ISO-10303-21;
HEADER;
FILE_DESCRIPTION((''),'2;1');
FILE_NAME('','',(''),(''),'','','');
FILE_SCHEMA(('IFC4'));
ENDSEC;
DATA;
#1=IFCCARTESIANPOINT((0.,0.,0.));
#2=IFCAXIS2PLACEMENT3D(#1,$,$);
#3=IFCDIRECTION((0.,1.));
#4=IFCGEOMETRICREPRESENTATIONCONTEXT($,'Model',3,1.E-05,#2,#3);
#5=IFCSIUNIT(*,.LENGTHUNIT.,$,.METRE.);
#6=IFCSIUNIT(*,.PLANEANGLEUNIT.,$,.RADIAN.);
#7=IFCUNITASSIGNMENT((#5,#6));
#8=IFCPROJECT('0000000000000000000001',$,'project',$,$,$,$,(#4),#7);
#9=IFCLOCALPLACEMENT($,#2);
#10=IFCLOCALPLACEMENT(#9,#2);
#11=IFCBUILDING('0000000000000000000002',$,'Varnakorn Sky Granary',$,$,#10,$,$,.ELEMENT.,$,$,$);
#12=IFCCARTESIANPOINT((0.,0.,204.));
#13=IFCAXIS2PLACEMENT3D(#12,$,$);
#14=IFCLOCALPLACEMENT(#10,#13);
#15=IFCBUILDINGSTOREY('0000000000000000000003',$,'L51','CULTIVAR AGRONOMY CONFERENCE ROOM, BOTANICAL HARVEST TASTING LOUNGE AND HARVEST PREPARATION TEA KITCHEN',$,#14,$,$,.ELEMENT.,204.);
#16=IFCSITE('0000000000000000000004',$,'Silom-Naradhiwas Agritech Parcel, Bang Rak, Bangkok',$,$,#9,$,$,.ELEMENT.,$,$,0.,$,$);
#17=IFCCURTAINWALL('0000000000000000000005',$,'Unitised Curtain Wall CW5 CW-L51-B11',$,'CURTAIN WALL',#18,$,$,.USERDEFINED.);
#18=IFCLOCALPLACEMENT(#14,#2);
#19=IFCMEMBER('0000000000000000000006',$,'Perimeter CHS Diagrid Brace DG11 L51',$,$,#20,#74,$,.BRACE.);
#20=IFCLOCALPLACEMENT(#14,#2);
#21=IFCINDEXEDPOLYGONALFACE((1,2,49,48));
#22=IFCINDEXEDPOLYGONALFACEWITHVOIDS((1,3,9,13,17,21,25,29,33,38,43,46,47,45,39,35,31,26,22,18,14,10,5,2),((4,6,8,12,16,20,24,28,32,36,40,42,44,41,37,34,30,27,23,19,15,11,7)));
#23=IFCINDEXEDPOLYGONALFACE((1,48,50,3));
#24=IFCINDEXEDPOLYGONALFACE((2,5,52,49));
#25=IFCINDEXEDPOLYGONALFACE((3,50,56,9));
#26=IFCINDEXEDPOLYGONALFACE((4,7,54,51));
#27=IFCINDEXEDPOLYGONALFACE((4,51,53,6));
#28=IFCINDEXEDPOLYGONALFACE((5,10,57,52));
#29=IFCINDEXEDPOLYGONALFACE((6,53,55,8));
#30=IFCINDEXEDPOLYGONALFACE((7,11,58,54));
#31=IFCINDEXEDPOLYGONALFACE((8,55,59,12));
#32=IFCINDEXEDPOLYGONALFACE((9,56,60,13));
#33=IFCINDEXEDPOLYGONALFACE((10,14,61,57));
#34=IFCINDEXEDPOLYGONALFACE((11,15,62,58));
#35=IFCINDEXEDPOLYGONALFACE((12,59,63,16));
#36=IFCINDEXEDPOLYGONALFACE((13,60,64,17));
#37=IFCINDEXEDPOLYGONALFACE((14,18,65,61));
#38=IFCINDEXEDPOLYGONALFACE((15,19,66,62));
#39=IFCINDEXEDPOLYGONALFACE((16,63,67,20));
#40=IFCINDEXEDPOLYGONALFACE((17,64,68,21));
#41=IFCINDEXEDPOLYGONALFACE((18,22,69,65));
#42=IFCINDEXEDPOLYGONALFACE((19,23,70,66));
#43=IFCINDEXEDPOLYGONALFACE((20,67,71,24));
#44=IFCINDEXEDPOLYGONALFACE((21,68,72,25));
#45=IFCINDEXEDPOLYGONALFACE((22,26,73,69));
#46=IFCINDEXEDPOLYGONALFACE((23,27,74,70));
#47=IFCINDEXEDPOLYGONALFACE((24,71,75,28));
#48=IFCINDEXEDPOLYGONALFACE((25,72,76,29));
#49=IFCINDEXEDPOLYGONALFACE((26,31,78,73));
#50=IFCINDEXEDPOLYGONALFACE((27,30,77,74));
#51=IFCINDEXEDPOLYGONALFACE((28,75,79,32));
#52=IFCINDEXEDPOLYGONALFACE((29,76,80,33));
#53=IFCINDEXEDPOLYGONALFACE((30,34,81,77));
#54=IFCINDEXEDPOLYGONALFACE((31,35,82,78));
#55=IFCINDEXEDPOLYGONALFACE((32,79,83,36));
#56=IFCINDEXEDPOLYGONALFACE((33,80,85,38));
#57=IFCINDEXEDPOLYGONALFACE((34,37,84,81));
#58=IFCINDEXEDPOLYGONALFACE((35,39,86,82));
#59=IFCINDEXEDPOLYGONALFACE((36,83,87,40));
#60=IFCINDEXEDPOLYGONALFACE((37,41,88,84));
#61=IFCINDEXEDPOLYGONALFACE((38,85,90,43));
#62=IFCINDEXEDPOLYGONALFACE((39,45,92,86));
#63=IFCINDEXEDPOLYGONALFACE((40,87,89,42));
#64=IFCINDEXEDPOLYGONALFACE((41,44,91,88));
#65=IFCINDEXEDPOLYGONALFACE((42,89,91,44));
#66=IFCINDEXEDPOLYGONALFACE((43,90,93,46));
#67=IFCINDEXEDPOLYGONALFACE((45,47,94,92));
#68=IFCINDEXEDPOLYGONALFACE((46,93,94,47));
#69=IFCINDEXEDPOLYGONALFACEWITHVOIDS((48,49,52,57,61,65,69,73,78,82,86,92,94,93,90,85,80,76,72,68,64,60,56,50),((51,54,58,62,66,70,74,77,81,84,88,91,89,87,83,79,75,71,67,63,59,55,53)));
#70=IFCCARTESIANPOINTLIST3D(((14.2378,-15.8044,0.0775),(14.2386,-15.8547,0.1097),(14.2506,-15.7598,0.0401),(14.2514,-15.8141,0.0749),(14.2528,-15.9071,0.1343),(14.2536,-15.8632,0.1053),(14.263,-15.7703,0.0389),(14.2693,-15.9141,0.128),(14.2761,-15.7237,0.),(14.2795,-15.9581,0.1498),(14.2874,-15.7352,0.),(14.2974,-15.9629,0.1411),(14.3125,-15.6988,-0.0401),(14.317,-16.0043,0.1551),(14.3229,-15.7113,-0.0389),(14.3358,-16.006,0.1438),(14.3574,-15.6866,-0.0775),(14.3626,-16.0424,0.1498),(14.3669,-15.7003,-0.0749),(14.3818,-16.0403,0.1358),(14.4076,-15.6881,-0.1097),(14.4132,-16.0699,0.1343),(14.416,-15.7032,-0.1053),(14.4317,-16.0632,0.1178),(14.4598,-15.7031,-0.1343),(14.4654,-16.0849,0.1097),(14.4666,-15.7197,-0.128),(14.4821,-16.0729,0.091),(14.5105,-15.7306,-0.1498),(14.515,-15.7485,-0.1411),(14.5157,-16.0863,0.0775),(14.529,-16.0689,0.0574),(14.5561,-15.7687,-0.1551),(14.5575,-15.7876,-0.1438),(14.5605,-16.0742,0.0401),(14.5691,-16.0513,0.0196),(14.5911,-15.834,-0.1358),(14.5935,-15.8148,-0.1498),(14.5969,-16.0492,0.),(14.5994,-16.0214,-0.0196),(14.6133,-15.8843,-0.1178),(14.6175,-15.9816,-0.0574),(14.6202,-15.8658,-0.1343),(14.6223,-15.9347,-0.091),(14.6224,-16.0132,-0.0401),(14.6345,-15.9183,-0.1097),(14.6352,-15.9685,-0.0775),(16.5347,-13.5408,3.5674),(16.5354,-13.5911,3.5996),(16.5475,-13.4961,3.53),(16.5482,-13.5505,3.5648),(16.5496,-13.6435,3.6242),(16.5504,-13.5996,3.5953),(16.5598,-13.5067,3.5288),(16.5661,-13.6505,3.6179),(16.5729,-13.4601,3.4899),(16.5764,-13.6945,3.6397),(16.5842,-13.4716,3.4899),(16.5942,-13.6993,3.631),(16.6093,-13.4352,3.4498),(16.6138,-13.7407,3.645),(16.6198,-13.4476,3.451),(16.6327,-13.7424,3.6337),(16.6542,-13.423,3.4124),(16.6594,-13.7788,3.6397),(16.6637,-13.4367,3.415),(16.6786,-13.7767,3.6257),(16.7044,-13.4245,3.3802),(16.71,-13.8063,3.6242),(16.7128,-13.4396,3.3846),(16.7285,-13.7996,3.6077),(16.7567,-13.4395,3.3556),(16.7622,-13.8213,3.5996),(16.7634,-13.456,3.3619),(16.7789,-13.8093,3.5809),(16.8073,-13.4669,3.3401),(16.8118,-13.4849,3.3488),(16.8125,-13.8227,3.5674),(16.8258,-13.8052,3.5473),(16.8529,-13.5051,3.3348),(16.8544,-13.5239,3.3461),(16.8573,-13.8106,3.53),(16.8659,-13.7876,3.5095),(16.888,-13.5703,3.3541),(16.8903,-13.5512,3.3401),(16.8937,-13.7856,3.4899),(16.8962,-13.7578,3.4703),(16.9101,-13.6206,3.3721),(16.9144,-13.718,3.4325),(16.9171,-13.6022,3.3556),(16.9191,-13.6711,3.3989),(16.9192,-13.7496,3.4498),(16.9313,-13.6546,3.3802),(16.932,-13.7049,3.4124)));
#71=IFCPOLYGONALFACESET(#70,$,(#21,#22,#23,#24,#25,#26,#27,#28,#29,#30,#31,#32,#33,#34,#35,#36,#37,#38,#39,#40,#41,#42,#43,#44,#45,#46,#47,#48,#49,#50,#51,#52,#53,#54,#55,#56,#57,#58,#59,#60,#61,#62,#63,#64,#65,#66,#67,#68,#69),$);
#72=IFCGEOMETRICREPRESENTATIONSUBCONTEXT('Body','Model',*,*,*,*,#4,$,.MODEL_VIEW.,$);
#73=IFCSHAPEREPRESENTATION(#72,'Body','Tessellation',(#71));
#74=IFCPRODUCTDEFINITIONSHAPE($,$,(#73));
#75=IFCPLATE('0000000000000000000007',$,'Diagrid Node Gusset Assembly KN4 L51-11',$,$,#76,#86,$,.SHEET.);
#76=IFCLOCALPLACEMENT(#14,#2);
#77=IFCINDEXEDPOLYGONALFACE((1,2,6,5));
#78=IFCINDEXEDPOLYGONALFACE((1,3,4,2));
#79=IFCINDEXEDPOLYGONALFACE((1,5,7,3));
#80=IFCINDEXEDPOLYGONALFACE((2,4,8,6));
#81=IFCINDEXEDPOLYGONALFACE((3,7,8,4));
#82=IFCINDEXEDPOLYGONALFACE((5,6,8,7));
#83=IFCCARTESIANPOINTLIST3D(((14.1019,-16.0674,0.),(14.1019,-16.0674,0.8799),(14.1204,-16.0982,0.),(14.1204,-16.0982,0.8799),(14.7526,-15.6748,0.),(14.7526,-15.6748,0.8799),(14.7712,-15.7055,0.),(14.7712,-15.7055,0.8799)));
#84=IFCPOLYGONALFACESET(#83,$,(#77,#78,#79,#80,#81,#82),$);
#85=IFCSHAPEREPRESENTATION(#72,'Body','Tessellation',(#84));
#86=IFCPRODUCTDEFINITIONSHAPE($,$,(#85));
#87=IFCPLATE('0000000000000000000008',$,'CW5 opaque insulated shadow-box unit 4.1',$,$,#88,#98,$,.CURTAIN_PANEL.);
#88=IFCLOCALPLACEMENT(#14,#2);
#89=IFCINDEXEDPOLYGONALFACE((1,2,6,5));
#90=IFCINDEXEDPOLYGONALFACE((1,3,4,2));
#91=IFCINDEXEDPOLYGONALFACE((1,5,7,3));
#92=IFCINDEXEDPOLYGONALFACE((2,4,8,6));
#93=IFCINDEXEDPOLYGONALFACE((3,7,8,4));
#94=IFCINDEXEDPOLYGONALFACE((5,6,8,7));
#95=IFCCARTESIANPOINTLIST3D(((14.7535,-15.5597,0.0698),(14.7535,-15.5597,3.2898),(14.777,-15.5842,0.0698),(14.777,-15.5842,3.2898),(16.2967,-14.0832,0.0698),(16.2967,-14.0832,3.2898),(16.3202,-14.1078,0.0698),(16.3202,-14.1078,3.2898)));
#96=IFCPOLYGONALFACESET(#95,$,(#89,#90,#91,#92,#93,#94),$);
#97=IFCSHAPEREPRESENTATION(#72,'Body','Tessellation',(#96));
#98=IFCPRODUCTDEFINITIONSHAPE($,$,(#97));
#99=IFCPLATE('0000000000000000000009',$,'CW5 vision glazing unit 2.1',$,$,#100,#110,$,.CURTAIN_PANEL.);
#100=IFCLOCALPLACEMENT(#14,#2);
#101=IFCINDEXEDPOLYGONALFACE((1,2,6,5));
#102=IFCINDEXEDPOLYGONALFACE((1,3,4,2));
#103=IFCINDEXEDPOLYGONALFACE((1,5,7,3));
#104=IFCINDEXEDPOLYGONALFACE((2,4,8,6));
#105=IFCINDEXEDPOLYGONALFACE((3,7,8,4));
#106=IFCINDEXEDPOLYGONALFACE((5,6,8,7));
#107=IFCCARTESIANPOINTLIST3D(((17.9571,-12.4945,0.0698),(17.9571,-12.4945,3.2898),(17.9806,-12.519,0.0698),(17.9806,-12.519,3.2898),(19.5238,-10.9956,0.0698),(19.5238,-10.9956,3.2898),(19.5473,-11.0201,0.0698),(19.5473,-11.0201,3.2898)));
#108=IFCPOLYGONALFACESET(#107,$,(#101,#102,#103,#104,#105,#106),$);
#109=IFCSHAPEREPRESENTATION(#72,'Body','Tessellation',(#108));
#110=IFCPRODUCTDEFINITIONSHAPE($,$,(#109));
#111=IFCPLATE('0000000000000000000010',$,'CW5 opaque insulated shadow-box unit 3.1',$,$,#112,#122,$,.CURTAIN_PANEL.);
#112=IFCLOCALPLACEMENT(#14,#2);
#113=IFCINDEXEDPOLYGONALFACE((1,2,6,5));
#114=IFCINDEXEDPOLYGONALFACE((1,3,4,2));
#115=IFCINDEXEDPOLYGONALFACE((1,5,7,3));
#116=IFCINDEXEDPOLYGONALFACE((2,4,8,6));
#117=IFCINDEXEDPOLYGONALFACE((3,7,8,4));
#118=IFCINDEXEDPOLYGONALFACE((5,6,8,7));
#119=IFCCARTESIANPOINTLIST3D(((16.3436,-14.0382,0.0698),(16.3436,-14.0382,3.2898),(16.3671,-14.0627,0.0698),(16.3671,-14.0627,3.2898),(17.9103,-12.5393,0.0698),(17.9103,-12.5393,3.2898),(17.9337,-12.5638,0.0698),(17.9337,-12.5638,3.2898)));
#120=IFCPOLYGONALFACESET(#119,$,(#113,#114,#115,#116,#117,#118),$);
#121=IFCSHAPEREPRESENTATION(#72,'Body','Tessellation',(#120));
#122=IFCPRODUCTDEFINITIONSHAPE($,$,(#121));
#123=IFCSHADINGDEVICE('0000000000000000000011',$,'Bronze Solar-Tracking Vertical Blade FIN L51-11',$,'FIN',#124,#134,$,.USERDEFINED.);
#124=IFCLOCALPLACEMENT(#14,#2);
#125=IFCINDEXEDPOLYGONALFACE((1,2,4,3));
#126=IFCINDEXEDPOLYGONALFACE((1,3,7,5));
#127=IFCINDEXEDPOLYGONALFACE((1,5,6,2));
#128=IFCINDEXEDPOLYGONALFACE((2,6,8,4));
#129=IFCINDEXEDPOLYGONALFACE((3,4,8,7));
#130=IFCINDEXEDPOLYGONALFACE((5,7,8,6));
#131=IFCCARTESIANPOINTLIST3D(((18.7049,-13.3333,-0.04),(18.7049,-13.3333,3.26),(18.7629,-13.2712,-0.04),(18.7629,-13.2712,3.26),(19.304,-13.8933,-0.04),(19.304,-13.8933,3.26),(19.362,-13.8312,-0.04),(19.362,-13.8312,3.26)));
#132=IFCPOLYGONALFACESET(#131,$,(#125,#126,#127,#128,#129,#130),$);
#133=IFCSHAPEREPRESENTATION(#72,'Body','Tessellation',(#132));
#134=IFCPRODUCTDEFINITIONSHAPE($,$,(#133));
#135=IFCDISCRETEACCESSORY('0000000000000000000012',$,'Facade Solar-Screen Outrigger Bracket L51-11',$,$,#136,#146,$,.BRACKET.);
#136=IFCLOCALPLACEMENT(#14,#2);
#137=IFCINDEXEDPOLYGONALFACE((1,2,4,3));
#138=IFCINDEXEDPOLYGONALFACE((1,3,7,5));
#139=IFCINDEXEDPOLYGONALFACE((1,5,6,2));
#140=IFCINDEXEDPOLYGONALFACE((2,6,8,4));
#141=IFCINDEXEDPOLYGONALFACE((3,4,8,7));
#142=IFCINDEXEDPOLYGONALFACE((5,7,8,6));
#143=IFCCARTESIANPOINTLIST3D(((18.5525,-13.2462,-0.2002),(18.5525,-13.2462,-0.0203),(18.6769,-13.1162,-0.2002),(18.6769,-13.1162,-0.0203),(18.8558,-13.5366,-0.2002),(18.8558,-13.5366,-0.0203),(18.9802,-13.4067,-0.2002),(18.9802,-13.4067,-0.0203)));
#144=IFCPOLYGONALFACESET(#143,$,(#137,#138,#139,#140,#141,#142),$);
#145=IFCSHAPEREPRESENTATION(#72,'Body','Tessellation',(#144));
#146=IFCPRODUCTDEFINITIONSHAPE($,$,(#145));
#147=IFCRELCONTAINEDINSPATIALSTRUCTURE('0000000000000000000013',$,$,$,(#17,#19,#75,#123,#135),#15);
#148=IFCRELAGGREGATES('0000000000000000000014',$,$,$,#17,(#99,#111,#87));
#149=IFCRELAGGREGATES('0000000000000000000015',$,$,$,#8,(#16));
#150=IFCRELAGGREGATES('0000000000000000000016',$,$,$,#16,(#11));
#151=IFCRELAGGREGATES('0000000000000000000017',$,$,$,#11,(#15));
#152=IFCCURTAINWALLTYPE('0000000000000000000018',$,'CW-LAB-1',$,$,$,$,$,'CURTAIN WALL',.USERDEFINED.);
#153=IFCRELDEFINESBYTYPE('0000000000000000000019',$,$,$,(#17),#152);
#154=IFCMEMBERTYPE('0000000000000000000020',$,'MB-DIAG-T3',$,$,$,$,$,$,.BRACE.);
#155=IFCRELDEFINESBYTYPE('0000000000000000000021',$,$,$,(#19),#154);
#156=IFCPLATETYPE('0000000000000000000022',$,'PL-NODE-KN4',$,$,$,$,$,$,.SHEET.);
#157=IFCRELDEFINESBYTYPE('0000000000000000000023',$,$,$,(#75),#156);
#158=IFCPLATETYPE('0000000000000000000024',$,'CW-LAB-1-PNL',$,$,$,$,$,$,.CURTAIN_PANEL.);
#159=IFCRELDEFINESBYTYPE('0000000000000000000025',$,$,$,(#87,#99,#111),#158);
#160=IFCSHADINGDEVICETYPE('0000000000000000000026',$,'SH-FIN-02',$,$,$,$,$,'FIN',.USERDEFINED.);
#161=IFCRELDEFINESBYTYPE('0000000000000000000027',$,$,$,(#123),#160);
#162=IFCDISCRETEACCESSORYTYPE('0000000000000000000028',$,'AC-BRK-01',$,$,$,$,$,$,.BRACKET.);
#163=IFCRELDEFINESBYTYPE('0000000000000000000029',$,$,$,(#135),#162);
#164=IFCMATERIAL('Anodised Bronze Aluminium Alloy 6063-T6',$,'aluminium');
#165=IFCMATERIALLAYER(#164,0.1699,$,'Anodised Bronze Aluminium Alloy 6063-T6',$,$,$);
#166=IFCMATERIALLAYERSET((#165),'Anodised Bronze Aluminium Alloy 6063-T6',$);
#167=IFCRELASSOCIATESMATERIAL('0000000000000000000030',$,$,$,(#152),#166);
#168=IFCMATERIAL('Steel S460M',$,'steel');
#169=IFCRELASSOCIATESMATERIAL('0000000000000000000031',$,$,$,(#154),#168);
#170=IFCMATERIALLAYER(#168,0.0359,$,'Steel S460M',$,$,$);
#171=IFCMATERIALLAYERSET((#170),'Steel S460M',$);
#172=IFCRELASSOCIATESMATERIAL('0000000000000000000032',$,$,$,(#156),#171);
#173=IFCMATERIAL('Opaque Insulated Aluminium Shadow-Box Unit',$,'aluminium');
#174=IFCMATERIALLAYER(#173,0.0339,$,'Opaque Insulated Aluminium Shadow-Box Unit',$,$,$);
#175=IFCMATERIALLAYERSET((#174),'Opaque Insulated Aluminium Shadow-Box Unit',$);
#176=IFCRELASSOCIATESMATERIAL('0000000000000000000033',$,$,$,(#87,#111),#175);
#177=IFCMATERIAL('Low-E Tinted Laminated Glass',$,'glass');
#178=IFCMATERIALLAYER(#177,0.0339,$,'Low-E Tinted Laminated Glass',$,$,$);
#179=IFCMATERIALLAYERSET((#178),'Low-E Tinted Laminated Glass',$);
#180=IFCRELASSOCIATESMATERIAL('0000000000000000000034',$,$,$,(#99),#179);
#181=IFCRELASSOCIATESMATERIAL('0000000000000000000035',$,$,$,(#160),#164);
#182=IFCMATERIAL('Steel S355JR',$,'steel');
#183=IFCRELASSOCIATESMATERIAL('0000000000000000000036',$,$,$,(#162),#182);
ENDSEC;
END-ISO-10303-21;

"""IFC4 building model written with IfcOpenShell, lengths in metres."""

from ifc_helpers import new_model, si_unit, direction, frame, origin, origin_2d, place, context, subcontext, project, spatial, rectangle, hollow_circle, extrude, source, transform, mapped, material, layer, layer_set, material_profile, profile_set, type_object, type_shapes, element, aggregate, save


model = new_model("IFC4")

# Units and contexts
model_context = context("Model", 3, precision=1e-05, world=origin(), true_north=direction((0.0, 1.0)))
body_context = subcontext(model_context, "Body", "Model", "MODEL_VIEW")
ifc_project = project(units=[si_unit("LENGTHUNIT", "METRE"), si_unit("PLANEANGLEUNIT", "RADIAN")], contexts=[model_context])

# Site, building, storey
site_placement = place(None, origin())
site = spatial("IfcSite", under=ifc_project, at=site_placement, Name="Silom-Naradhiwas Agritech Parcel, Bang Rak, Bangkok", CompositionType="ELEMENT", RefElevation=0.0)
building_placement = place(site_placement, origin())
building = spatial("IfcBuilding", under=site, at=building_placement, Name="Varnakorn Sky Granary", CompositionType="ELEMENT")
storey_placement = place(building_placement, frame((0.0, 0.0, 204.0)))
storey = spatial("IfcBuildingStorey", under=building, at=storey_placement, Name="L51", Description="CULTIVAR AGRONOMY CONFERENCE ROOM, BOTANICAL HARVEST TASTING LOUNGE AND HARVEST PREPARATION TEA KITCHEN", CompositionType="ELEMENT", Elevation=204.0)

# Shared definitions
ifc_material_1 = material(Name="Steel S460M", Category="steel")

# Shared definitions
ifc_material_2 = material(Name="Steel S355JR", Category="steel")

# Shared definitions
ifc_material_3 = material(Name="Anodised Bronze Aluminium Alloy 6063-T6", Category="aluminium")
ifc_layer_1 = layer(ifc_material_3, 0.1699, Name="Anodised Bronze Aluminium Alloy 6063-T6")
ifc_layer_set_1 = layer_set([ifc_layer_1], Name="Anodised Bronze Aluminium Alloy 6063-T6")
curtain_wall_type = type_object("IfcCurtainWallType", Name="CW-LAB-1", ElementType="CURTAIN WALL", PredefinedType="USERDEFINED", material=ifc_layer_set_1)

# Curtain wall
curtain_wall_1_placement = place(storey_placement, origin())
curtain_wall_1 = element("IfcCurtainWall", 1, at=curtain_wall_1_placement, inside=storey, type_object=curtain_wall_type, Name="Unitised Curtain Wall CW5 CW-L51-B11", ObjectType="CURTAIN WALL", PredefinedType="USERDEFINED")

# Member
ifc_material_profile_1 = material_profile(ifc_material_1, hollow_circle(Radius=0.2285, WallThickness=0.0161, at=origin_2d()), Name="CHS 457x16")
ifc_profile_set_1 = profile_set([ifc_material_profile_1], Name="Steel S460M")
member_type_1 = type_object("IfcMemberType", Name="MB-DIAG-T3", PredefinedType="BRACE", material=ifc_profile_set_1)
member_1_placement = place(storey_placement, frame((14.4365, -15.8865, 0.0), z_axis=(0.483367, 0.476379, 0.734452), x_axis=(-0.70194, 0.712236, 0.0)))
element("IfcMember", 2, at=member_1_placement, inside=storey, type_object=member_type_1, Name="Perimeter CHS Diagrid Brace DG11 L51", PredefinedType="BRACE", context=body_context, shape_type="SweptSolid", body=[
    extrude(hollow_circle(Radius=0.2285, WallThickness=0.0161, at=origin_2d()), origin(), (0.0, 0.0, 1.0), 4.7517),
])

# Plates
ifc_layer_2 = layer(ifc_material_1, 0.0359, Name="Steel S460M")
ifc_layer_set_2 = layer_set([ifc_layer_2], Name="Steel S460M")
plate_type_1 = type_object("IfcPlateType", Name="PL-NODE-KN4", PredefinedType="SHEET", material=ifc_layer_set_2)
plate_1_placement = place(storey_placement, frame((14.4365, -15.8865, 0.0), z_axis=(0.0, 0.0, 1.0), x_axis=(0.856191, 0.51666, 0.0)))
element("IfcPlate", 3, at=plate_1_placement, inside=storey, type_object=plate_type_1, Name="Diagrid Node Gusset Assembly KN4 L51-11", PredefinedType="SHEET", context=body_context, shape_type="SweptSolid", body=[
    extrude(rectangle(XDim=0.76, YDim=0.0359, at=origin_2d()), origin(), (0.0, 0.0, 1.0), 0.8799),
])
ifc_material_4 = material(Name="Opaque Insulated Aluminium Shadow-Box Unit", Category="aluminium")
ifc_layer_3 = layer(ifc_material_4, 0.0339, Name="Opaque Insulated Aluminium Shadow-Box Unit")
ifc_layer_set_3 = layer_set([ifc_layer_3], Name="Opaque Insulated Aluminium Shadow-Box Unit")
plate_type_2 = type_object("IfcPlateType", Name="CW-LAB-1-PNL", PredefinedType="CURTAIN_PANEL")
shared_shape_1 = source(origin(), body_context, "Body", "SweptSolid", [
    extrude(rectangle(XDim=2.1357, YDim=0.0339, at=origin_2d()), origin(), (0.0, 0.0, 1.0), 3.22),
])
plate_2_placement = place(storey_placement, frame((15.5369, -14.8337, 0.0698), z_axis=(0.0, 0.0, 1.0), x_axis=(-0.722551, -0.691317, 0.0)))
plate_2 = element("IfcPlate", 4, at=plate_2_placement, type_object=plate_type_2, material=ifc_layer_set_3, Name="CW5 opaque insulated shadow-box unit 4.1", PredefinedType="CURTAIN_PANEL", context=body_context, shape_type="MappedRepresentation", body=[
    mapped(shared_shape_1, transform((0.0, 0.0, 0.0), x_axis=(1.0, 0.0, 0.0), y_axis=(0.0, 1.0, 0.0), z_axis=(0.0, 0.0, 1.0), scale=1.0)),
])
ifc_material_5 = material(Name="Low-E Tinted Laminated Glass", Category="glass")
ifc_layer_4 = layer(ifc_material_5, 0.0339, Name="Low-E Tinted Laminated Glass")
ifc_layer_set_4 = layer_set([ifc_layer_4], Name="Low-E Tinted Laminated Glass")
shared_shape_2 = source(origin(), body_context, "Body", "SweptSolid", [
    extrude(rectangle(XDim=2.1682, YDim=0.0339, at=origin_2d()), origin(), (0.0, 0.0, 1.0), 3.22),
])
type_shapes(plate_type_2, [shared_shape_1, shared_shape_2])
plate_3_placement = place(storey_placement, frame((18.7522, -11.7573, 0.0698), z_axis=(0.0, 0.0, 1.0), x_axis=(-0.722551, -0.691317, 0.0)))
plate_3 = element("IfcPlate", 5, at=plate_3_placement, type_object=plate_type_2, material=ifc_layer_set_4, Name="CW5 vision glazing unit 2.1", PredefinedType="CURTAIN_PANEL", context=body_context, shape_type="MappedRepresentation", body=[
    mapped(shared_shape_2, transform((0.0, 0.0, 0.0), x_axis=(1.0, 0.0, 0.0), y_axis=(0.0, 1.0, 0.0), z_axis=(0.0, 0.0, 1.0), scale=1.0)),
])
plate_4_placement = place(storey_placement, frame((17.1387, -13.301, 0.0698), z_axis=(0.0, 0.0, 1.0), x_axis=(-0.722551, -0.691317, 0.0)))
plate_4 = element("IfcPlate", 6, at=plate_4_placement, type_object=plate_type_2, material=ifc_layer_set_3, Name="CW5 opaque insulated shadow-box unit 3.1", PredefinedType="CURTAIN_PANEL", context=body_context, shape_type="MappedRepresentation", body=[
    mapped(shared_shape_2, transform((0.0, 0.0, 0.0), x_axis=(1.0, 0.0, 0.0), y_axis=(0.0, 1.0, 0.0), z_axis=(0.0, 0.0, 1.0), scale=1.0)),
])
aggregate(curtain_wall_1, [plate_3, plate_4, plate_2])

# Shading device
shading_device_type = type_object("IfcShadingDeviceType", Name="SH-FIN-02", ElementType="FIN", PredefinedType="USERDEFINED", material=ifc_material_3)
shared_shape_3 = source(origin(), body_context, "Body", "SweptSolid", [
    extrude(rectangle(XDim=0.085, YDim=0.8201, at=origin_2d()), origin(), (0.0, 0.0, 1.0), 3.3),
])
type_shapes(shading_device_type, [shared_shape_3])
shading_device_placement = place(storey_placement, frame((19.0334, -13.5823, -0.04), z_axis=(0.0, 0.0, 1.0), x_axis=(0.682854, 0.730555, 0.0)))
element("IfcShadingDevice", 7, at=shading_device_placement, inside=storey, type_object=shading_device_type, Name="Bronze Solar-Tracking Vertical Blade FIN L51-11", ObjectType="FIN", PredefinedType="USERDEFINED", context=body_context, shape_type="MappedRepresentation", body=[
    mapped(shared_shape_3, transform((0.0, 0.0, 0.0), x_axis=(1.0, 0.0, 0.0), y_axis=(0.0, 1.0, 0.0), z_axis=(0.0, 0.0, 1.0), scale=1.0)),
])

# Discrete accessory
discrete_accessory_type = type_object("IfcDiscreteAccessoryType", Name="AC-BRK-01", PredefinedType="BRACKET", material=ifc_material_2)
shared_shape_4 = source(origin(), body_context, "Body", "SweptSolid", [
    extrude(rectangle(XDim=0.1799, YDim=0.4199, at=origin_2d()), origin(), (0.0, 0.0, 1.0), 0.1799),
])
type_shapes(discrete_accessory_type, [shared_shape_4])
discrete_accessory_placement = place(storey_placement, frame((18.7664, -13.3264, -0.2002), z_axis=(0.0, 0.0, 1.0), x_axis=(0.691634, 0.722248, 0.0)))
element("IfcDiscreteAccessory", 8, at=discrete_accessory_placement, inside=storey, type_object=discrete_accessory_type, Name="Facade Solar-Screen Outrigger Bracket L51-11", PredefinedType="BRACKET", context=body_context, shape_type="MappedRepresentation", body=[
    mapped(shared_shape_4, transform((0.0, 0.0, 0.0), x_axis=(1.0, 0.0, 0.0), y_axis=(0.0, 1.0, 0.0), z_axis=(0.0, 0.0, 1.0), scale=1.0)),
])

save(model, "model.ifc")
